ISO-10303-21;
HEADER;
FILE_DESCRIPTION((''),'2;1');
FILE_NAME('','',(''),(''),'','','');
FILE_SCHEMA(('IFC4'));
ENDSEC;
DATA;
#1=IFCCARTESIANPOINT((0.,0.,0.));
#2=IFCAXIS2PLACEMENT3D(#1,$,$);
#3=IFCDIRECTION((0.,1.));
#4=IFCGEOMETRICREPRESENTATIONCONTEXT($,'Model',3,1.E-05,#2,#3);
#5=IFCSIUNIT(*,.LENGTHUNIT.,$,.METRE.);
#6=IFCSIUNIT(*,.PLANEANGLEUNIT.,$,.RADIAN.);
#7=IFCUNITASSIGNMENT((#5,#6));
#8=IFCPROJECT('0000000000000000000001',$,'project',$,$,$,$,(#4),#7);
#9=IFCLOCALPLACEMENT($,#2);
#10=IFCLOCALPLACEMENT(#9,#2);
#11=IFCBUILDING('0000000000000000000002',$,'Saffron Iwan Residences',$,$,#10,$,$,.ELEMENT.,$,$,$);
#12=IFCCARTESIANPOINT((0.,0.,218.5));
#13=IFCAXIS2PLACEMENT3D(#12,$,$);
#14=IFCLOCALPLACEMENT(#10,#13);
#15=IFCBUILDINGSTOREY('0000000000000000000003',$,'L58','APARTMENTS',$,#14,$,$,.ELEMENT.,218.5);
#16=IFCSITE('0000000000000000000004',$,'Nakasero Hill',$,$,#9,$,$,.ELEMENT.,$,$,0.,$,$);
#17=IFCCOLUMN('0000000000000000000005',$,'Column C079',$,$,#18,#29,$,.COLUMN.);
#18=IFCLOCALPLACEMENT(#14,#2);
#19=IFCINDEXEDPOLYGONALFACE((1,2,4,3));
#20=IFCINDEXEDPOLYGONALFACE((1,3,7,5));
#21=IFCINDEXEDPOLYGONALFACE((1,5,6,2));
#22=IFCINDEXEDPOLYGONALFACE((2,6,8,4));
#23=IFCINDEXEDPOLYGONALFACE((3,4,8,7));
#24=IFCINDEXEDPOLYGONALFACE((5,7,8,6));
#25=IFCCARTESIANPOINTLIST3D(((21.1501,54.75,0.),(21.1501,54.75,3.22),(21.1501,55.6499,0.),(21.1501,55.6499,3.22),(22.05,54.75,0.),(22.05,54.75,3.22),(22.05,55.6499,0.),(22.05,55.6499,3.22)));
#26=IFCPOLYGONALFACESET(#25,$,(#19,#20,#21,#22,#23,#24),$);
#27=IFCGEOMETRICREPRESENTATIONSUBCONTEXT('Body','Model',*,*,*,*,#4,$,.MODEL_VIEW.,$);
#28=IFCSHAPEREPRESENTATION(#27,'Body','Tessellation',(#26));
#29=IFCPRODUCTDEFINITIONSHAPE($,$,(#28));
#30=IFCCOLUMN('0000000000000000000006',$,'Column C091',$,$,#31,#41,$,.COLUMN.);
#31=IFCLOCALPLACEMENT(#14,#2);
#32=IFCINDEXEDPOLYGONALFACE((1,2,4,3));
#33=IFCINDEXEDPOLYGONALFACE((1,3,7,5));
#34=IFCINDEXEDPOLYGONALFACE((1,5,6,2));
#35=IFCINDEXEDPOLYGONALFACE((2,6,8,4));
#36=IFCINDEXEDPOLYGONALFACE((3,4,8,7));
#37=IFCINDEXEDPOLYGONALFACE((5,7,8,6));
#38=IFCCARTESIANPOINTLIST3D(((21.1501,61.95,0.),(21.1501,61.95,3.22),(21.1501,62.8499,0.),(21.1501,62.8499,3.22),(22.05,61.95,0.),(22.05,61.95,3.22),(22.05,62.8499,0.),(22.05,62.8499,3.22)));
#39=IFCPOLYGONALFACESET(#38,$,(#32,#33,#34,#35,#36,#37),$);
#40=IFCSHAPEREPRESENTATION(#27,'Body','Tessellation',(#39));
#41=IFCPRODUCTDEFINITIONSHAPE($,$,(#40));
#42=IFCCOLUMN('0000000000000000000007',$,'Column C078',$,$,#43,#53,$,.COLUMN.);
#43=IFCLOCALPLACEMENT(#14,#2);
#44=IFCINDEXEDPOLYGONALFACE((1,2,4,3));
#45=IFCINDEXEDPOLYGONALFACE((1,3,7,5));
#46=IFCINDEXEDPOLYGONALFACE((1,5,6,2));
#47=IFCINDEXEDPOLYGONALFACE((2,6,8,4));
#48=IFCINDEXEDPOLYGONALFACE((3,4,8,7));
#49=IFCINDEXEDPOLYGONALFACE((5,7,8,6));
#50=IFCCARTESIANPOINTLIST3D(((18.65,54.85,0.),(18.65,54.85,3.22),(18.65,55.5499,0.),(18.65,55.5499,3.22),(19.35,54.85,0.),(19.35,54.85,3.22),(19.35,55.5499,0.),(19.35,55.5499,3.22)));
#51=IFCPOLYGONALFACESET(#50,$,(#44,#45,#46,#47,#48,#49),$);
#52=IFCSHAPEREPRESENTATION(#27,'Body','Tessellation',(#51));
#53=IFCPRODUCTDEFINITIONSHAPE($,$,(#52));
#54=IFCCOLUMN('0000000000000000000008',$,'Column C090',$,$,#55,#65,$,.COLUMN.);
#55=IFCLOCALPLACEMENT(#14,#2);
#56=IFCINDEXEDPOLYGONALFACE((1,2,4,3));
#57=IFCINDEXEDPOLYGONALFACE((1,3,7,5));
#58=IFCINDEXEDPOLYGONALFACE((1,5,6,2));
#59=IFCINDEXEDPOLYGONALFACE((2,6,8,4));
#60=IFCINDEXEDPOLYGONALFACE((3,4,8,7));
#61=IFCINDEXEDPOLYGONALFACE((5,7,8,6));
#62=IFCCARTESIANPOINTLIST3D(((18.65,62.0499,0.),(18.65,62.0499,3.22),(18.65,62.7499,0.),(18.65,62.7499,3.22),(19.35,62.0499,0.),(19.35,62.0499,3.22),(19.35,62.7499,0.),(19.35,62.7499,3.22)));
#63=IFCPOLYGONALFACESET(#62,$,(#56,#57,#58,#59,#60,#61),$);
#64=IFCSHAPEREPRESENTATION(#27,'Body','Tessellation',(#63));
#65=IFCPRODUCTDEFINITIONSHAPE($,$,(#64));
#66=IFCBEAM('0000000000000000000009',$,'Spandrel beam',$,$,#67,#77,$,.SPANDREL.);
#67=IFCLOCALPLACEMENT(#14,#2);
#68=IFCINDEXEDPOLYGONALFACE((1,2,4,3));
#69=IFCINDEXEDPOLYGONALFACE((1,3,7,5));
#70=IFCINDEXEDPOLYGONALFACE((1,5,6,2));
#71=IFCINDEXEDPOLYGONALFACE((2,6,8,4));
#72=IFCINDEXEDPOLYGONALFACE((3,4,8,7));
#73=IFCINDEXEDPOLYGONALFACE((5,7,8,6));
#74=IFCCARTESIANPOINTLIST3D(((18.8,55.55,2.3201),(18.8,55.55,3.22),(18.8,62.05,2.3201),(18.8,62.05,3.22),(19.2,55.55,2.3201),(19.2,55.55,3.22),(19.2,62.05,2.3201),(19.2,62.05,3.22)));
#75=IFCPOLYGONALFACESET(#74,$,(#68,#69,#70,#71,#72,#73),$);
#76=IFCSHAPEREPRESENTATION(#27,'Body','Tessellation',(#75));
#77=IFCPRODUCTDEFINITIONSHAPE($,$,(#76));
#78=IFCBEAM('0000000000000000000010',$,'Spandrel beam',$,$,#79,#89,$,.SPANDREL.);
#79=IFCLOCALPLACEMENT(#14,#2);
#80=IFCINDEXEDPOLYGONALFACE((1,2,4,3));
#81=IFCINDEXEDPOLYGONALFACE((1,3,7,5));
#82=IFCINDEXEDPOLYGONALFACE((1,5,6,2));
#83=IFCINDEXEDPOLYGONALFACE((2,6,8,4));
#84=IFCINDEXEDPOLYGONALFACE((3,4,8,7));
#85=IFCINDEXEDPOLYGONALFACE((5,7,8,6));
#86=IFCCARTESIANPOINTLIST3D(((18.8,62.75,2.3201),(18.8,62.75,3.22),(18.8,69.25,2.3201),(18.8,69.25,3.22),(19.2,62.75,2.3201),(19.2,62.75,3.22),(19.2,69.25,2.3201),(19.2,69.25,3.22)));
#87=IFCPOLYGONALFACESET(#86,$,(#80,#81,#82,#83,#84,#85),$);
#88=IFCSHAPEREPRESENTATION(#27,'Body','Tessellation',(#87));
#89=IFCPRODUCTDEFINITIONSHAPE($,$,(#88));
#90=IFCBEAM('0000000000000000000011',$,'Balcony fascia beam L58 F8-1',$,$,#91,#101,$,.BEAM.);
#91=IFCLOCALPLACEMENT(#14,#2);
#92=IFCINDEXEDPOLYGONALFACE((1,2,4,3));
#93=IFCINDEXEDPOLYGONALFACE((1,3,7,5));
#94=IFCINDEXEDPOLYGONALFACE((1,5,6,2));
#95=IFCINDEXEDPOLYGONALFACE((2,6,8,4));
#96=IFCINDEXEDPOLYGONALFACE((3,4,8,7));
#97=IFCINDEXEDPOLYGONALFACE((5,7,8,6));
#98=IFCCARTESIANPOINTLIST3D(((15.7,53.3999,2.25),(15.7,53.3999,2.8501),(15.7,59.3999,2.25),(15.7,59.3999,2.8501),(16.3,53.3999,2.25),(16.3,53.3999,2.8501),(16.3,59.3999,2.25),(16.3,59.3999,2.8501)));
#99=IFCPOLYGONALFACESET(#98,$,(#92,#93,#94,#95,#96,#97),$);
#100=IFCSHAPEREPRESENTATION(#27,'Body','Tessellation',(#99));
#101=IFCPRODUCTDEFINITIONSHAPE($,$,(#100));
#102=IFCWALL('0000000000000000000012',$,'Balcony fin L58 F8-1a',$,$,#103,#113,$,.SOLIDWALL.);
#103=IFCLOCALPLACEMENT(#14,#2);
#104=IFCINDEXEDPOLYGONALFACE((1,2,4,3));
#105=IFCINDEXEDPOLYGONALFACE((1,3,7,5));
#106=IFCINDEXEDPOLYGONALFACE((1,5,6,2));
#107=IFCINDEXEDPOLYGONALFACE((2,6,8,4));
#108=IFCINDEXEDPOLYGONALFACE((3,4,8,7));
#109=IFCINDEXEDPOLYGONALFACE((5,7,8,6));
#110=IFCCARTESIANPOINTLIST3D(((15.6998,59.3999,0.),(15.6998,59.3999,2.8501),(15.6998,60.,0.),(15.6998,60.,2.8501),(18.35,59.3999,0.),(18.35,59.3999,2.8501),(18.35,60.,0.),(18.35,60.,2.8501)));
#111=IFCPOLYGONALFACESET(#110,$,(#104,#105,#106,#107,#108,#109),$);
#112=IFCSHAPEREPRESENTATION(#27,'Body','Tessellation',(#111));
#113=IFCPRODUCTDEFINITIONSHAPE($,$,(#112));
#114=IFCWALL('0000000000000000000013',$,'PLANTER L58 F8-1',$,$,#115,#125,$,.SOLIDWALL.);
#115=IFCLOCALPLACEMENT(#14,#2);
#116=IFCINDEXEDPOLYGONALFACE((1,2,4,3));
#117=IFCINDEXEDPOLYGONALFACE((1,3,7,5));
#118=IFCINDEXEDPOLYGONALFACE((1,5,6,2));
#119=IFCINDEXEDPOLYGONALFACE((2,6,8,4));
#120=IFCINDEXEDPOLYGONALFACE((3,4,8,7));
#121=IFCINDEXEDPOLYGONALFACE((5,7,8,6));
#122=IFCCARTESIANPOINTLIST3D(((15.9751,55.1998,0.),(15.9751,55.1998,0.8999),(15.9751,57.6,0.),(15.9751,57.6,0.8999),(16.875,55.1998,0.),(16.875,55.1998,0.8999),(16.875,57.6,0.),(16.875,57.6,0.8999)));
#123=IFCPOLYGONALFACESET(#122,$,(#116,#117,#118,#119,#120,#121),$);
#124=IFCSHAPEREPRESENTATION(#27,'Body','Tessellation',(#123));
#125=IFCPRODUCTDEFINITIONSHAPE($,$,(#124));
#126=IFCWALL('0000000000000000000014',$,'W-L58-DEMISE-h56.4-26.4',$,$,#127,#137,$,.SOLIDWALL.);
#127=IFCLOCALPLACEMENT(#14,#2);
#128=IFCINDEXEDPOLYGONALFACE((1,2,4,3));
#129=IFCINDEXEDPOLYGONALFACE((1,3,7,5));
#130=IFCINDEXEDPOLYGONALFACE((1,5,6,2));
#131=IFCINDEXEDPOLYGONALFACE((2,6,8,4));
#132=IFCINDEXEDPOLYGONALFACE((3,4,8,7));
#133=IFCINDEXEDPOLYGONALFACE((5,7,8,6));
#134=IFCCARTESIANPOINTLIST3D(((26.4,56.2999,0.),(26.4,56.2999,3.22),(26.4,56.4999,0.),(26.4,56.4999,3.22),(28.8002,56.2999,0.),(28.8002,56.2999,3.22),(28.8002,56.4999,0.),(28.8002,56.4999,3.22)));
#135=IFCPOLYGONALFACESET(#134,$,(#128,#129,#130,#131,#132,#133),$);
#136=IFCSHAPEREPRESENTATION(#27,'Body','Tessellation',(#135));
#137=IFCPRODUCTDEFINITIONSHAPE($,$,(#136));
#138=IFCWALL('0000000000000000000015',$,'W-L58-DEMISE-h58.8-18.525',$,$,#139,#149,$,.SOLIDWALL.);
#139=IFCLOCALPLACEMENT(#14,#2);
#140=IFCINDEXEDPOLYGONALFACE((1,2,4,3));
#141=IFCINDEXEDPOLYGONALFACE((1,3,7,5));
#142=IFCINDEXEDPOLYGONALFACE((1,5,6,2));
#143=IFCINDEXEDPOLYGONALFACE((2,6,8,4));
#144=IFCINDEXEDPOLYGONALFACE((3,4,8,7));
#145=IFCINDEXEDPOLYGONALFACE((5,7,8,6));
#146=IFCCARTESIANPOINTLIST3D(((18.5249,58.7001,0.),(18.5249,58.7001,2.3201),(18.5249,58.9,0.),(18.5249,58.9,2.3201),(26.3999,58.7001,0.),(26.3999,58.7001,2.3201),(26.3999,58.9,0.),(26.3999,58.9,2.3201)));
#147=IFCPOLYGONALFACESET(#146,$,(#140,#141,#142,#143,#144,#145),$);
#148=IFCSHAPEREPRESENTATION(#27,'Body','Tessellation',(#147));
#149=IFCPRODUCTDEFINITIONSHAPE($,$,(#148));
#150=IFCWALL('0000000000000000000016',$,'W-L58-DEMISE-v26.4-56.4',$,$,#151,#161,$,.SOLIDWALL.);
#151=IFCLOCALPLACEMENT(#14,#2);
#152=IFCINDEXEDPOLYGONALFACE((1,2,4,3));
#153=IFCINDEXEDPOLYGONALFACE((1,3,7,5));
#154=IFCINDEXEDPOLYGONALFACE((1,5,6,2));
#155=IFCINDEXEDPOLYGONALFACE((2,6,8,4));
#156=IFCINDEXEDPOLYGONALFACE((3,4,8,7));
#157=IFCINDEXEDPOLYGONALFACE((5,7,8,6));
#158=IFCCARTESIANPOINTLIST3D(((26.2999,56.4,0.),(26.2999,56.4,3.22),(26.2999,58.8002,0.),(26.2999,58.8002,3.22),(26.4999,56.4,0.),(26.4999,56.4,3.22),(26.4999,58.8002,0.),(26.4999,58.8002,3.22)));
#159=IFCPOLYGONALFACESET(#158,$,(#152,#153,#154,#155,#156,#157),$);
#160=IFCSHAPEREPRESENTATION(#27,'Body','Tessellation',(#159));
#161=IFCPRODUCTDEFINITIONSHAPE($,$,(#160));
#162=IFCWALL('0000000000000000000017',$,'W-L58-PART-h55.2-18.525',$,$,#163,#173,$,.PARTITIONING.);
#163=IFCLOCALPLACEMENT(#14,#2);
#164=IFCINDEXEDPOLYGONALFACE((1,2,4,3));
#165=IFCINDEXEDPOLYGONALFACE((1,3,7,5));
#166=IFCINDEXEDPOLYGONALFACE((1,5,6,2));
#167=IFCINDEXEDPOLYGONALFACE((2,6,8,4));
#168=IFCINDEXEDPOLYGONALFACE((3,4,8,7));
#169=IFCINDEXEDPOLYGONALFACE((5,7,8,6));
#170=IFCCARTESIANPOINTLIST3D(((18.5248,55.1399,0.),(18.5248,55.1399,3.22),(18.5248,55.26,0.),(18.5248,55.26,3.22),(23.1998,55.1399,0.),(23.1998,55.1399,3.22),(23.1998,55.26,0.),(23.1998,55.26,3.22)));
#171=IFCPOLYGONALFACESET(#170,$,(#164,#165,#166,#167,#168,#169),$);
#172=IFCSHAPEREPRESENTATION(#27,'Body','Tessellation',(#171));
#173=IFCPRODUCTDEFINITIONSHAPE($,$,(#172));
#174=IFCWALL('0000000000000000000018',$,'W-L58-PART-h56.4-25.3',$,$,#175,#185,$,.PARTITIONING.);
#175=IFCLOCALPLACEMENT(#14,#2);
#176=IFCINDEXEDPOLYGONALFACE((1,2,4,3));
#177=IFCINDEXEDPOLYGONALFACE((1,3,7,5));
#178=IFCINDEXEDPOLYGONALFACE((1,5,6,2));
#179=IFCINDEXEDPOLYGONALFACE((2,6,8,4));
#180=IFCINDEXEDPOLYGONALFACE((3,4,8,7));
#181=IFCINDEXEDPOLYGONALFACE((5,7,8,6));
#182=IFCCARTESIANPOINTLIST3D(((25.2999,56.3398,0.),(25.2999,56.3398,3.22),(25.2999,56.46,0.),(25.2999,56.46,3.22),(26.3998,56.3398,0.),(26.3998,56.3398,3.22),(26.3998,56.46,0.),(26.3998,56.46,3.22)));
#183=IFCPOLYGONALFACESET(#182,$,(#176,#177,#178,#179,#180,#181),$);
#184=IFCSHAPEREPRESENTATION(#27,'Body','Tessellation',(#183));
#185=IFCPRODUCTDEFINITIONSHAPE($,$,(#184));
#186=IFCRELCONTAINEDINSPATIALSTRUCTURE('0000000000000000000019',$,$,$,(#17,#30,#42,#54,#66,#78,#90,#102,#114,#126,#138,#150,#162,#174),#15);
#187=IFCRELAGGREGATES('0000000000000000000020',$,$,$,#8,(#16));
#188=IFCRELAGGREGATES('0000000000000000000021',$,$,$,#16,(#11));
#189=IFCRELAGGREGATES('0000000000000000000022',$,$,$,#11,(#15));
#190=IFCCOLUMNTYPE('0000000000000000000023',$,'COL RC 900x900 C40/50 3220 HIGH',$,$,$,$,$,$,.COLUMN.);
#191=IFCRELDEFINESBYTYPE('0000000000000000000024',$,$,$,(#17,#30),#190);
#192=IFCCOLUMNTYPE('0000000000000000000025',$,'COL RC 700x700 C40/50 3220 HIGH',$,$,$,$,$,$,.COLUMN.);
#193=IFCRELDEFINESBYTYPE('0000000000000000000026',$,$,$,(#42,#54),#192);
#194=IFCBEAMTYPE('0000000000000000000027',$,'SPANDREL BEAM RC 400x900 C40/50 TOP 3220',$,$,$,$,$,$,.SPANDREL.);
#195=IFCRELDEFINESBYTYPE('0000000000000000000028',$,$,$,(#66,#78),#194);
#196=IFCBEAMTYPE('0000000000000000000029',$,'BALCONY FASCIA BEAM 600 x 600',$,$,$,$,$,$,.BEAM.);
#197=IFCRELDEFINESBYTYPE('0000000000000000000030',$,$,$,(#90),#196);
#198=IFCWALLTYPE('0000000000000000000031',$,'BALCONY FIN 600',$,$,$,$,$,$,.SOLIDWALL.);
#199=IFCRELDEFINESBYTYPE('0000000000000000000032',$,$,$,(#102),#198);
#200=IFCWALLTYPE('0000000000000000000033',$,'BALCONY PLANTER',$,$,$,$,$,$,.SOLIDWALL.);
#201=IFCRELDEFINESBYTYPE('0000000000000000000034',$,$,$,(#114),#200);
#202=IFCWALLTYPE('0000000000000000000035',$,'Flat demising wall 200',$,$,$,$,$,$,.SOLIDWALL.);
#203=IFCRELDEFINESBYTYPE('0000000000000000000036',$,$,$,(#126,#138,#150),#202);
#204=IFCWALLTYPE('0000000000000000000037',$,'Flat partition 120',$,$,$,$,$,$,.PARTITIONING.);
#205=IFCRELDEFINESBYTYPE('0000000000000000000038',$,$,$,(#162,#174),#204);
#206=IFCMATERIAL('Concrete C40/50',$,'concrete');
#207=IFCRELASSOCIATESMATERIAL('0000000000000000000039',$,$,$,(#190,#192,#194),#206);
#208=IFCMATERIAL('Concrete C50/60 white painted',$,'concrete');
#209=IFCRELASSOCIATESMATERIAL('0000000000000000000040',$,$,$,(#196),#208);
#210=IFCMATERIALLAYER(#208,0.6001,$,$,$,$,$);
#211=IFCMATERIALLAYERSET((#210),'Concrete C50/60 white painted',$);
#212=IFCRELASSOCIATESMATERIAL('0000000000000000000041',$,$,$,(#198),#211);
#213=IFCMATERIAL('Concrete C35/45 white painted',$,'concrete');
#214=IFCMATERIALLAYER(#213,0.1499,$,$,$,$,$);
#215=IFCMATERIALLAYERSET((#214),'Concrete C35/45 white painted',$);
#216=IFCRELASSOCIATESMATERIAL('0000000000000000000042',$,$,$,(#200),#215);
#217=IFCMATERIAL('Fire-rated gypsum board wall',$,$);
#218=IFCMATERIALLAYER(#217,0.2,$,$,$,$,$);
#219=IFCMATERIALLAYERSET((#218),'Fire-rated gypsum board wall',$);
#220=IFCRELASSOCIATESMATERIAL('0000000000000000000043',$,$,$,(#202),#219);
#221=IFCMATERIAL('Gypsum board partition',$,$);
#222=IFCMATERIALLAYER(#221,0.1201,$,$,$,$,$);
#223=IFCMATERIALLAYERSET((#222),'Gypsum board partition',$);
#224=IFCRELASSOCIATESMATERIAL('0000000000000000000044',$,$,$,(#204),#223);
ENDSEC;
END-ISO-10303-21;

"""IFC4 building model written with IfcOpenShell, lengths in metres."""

from ifc_helpers import new_model, si_unit, direction, frame, frame_2d, origin, origin_2d, place, context, subcontext, project, spatial, rectangle, extrude, source, transform, mapped, material, layer, layer_set, material_profile, profile_set, type_object, element, save


model = new_model("IFC4")

# Units and contexts
model_context = context("Model", 3, precision=1e-05, world=origin(), true_north=direction((0.0, 1.0)))
body_context = subcontext(model_context, "Body", "Model", "MODEL_VIEW")
ifc_project = project(units=[si_unit("LENGTHUNIT", "METRE"), si_unit("PLANEANGLEUNIT", "RADIAN")], contexts=[model_context])

# Site, building, storey
site_placement = place(None, origin())
site = spatial("IfcSite", under=ifc_project, at=site_placement, Name="Nakasero Hill", CompositionType="ELEMENT", RefElevation=0.0)
building_placement = place(site_placement, origin())
building = spatial("IfcBuilding", under=site, at=building_placement, Name="Saffron Iwan Residences", CompositionType="ELEMENT")
storey_placement = place(building_placement, frame((0.0, 0.0, 218.5)))
storey = spatial("IfcBuildingStorey", under=building, at=storey_placement, Name="L58", Description="APARTMENTS", CompositionType="ELEMENT", Elevation=218.5)

# Columns
ifc_material_1 = material(Name="Concrete C40/50", Category="concrete")
ifc_material_profile_1 = material_profile(ifc_material_1, rectangle(XDim=0.8999, YDim=0.8999, at=origin_2d()), Name="RC 900x900")
ifc_profile_set_1 = profile_set([ifc_material_profile_1], Name="Concrete C40/50")
column_type_1 = type_object("IfcColumnType", Name="COL RC 900x900 C40/50 3220 HIGH", PredefinedType="COLUMN", material=ifc_profile_set_1)
shared_shape_1 = source(origin(), body_context, "Body", "SweptSolid", [
    extrude(rectangle(XDim=0.8999, YDim=0.8999, at=origin_2d()), origin(), (0.0, 0.0, 1.0), 3.22),
])
for number, where, z_axis, x_axis, name in (
    (1, (21.6001, 55.2, 0.0), (0.0, 0.0, 1.0), (1.0, 0.0, 0.0), "Column C079"),
    (2, (21.6001, 62.3999, 0.0), (0.0, 0.0, 1.0), (1.0, 0.0, 0.0), "Column C091"),
):
    element("IfcColumn", number, at=place(storey_placement, frame(where, z_axis=z_axis, x_axis=x_axis)), inside=storey, type_object=column_type_1, Name=name, PredefinedType="COLUMN", context=body_context, shape_type="MappedRepresentation", body=[
        mapped(shared_shape_1, transform((0.0, 0.0, 0.0))),
    ])
ifc_material_profile_2 = material_profile(ifc_material_1, rectangle(XDim=0.7, YDim=0.7, at=origin_2d()), Name="RC 700x700")
ifc_profile_set_2 = profile_set([ifc_material_profile_2], Name="Concrete C40/50")
column_type_2 = type_object("IfcColumnType", Name="COL RC 700x700 C40/50 3220 HIGH", PredefinedType="COLUMN", material=ifc_profile_set_2)
shared_shape_2 = source(origin(), body_context, "Body", "SweptSolid", [
    extrude(rectangle(XDim=0.7, YDim=0.7, at=origin_2d()), origin(), (0.0, 0.0, 1.0), 3.22),
])
for number, where, z_axis, x_axis, name in (
    (3, (19.0, 55.2, 0.0), (0.0, 0.0, 1.0), (1.0, 0.0, 0.0), "Column C078"),
    (4, (19.0, 62.3999, 0.0), (0.0, 0.0, 1.0), (1.0, 0.0, 0.0), "Column C090"),
):
    element("IfcColumn", number, at=place(storey_placement, frame(where, z_axis=z_axis, x_axis=x_axis)), inside=storey, type_object=column_type_2, Name=name, PredefinedType="COLUMN", context=body_context, shape_type="MappedRepresentation", body=[
        mapped(shared_shape_2, transform((0.0, 0.0, 0.0))),
    ])

# Beams
ifc_material_profile_3 = material_profile(ifc_material_1, rectangle(XDim=0.3999, YDim=0.8999, at=origin_2d()), Name="RC 400x900")
ifc_profile_set_3 = profile_set([ifc_material_profile_3], Name="Concrete C40/50")
beam_type_1 = type_object("IfcBeamType", Name="SPANDREL BEAM RC 400x900 C40/50 TOP 3220", PredefinedType="SPANDREL", material=ifc_profile_set_3)
shared_shape_3 = source(origin(), body_context, "Body", "SweptSolid", [
    extrude(rectangle(XDim=0.3999, YDim=0.8999, at=origin_2d()), origin(), (0.0, 0.0, 1.0), 6.5),
])
for number, where, z_axis, x_axis, name in (
    (5, (19.0, 55.55, 2.77), (0.0, 1.0, 0.0), (-1.0, 0.0, 0.0), "Spandrel beam"),
    (6, (19.0, 62.75, 2.77), (0.0, 1.0, 0.0), (-1.0, 0.0, 0.0), "Spandrel beam"),
):
    element("IfcBeam", number, at=place(storey_placement, frame(where, z_axis=z_axis, x_axis=x_axis)), inside=storey, type_object=beam_type_1, Name=name, PredefinedType="SPANDREL", context=body_context, shape_type="MappedRepresentation", body=[
        mapped(shared_shape_3, transform((0.0, 0.0, 0.0))),
    ])
ifc_material_2 = material(Name="Concrete C50/60 white painted", Category="concrete")
ifc_material_profile_4 = material_profile(ifc_material_2, rectangle(XDim=0.6001, YDim=0.6001, at=origin_2d()), Name="BALCONY FASCIA BEAM 600 x 600")
ifc_profile_set_4 = profile_set([ifc_material_profile_4], Name="Concrete C50/60 white painted")
beam_type_2 = type_object("IfcBeamType", Name="BALCONY FASCIA BEAM 600 x 600", PredefinedType="BEAM", material=ifc_profile_set_4)
shared_shape_4 = source(origin(), body_context, "Body", "SweptSolid", [
    extrude(rectangle(XDim=0.6001, YDim=0.6001, at=origin_2d()), origin(), (0.0, 0.0, 1.0), 6.0),
])
beam_placement = place(storey_placement, frame((16.0, 59.3999, 2.55), z_axis=(0.0, -1.0, 0.0), x_axis=(1.0, 0.0, 0.0)))
element("IfcBeam", 7, at=beam_placement, inside=storey, type_object=beam_type_2, Name="Balcony fascia beam L58 F8-1", PredefinedType="BEAM", context=body_context, shape_type="MappedRepresentation", body=[
    mapped(shared_shape_4, transform((0.0, 0.0, 0.0))),
])

# Walls
ifc_layer_1 = layer(ifc_material_2, 0.6001)
ifc_layer_set_1 = layer_set([ifc_layer_1], Name="Concrete C50/60 white painted")
wall_type_1 = type_object("IfcWallType", Name="BALCONY FIN 600", PredefinedType="SOLIDWALL", material=ifc_layer_set_1)
wall_1_placement = place(storey_placement, frame((18.3501, 59.7, 0.0), z_axis=(0.0, 0.0, 1.0), x_axis=(-1.0, 0.0, 0.0)))
element("IfcWall", 8, at=wall_1_placement, inside=storey, type_object=wall_type_1, Name="Balcony fin L58 F8-1a", PredefinedType="SOLIDWALL", context=body_context, shape_type="SweptSolid", body=[
    extrude(rectangle(XDim=2.6501, YDim=0.6001, at=frame_2d((1.3252, 0.0))), origin(), (0.0, 0.0, 1.0), 2.8501),
])
ifc_material_3 = material(Name="Concrete C35/45 white painted", Category="concrete")
ifc_layer_2 = layer(ifc_material_3, 0.1499)
ifc_layer_set_2 = layer_set([ifc_layer_2], Name="Concrete C35/45 white painted")
wall_type_2 = type_object("IfcWallType", Name="BALCONY PLANTER", PredefinedType="SOLIDWALL", material=ifc_layer_set_2)
wall_2_placement = place(storey_placement, frame((16.425, 57.6001, 0.0), z_axis=(0.0, 0.0, 1.0), x_axis=(0.0, -1.0, 0.0)))
element("IfcWall", 9, at=wall_2_placement, inside=storey, type_object=wall_type_2, Name="PLANTER L58 F8-1", PredefinedType="SOLIDWALL", context=body_context, shape_type="SweptSolid", body=[
    extrude(rectangle(XDim=2.4001, YDim=0.8999, at=frame_2d((1.2002, 0.0))), origin(), (0.0, 0.0, 1.0), 0.8999),
])
ifc_material_4 = material(Name="Fire-rated gypsum board wall")
ifc_layer_3 = layer(ifc_material_4, 0.2)
ifc_layer_set_3 = layer_set([ifc_layer_3], Name="Fire-rated gypsum board wall")
wall_type_3 = type_object("IfcWallType", Name="Flat demising wall 200", PredefinedType="SOLIDWALL", material=ifc_layer_set_3)
wall_3_placement = place(storey_placement, frame((26.3999, 56.3999, 0.0), z_axis=(0.0, 0.0, 1.0), x_axis=(1.0, 0.0, 0.0)))
element("IfcWall", 10, at=wall_3_placement, inside=storey, type_object=wall_type_3, Name="W-L58-DEMISE-h56.4-26.4", PredefinedType="SOLIDWALL", context=body_context, shape_type="SweptSolid", body=[
    extrude(rectangle(XDim=2.4001, YDim=0.2, at=frame_2d((1.2002, 0.0))), origin(), (0.0, 0.0, 1.0), 3.22),
])
wall_4_placement = place(storey_placement, frame((18.5249, 58.8, 0.0), z_axis=(0.0, 0.0, 1.0), x_axis=(1.0, 0.0, 0.0)))
element("IfcWall", 11, at=wall_4_placement, inside=storey, type_object=wall_type_3, Name="W-L58-DEMISE-h58.8-18.525", PredefinedType="SOLIDWALL", context=body_context, shape_type="SweptSolid", body=[
    extrude(rectangle(XDim=7.875, YDim=0.2, at=frame_2d((3.9375, 0.0))), origin(), (0.0, 0.0, 1.0), 2.3201),
])
wall_5_placement = place(storey_placement, frame((26.3999, 56.3999, 0.0), z_axis=(0.0, 0.0, 1.0), x_axis=(0.0, 1.0, 0.0)))
element("IfcWall", 12, at=wall_5_placement, inside=storey, type_object=wall_type_3, Name="W-L58-DEMISE-v26.4-56.4", PredefinedType="SOLIDWALL", context=body_context, shape_type="SweptSolid", body=[
    extrude(rectangle(XDim=2.4001, YDim=0.2, at=frame_2d((1.2002, 0.0))), origin(), (0.0, 0.0, 1.0), 3.22),
])
ifc_material_5 = material(Name="Gypsum board partition")
ifc_layer_4 = layer(ifc_material_5, 0.1201)
ifc_layer_set_4 = layer_set([ifc_layer_4], Name="Gypsum board partition")
wall_type_4 = type_object("IfcWallType", Name="Flat partition 120", PredefinedType="PARTITIONING", material=ifc_layer_set_4)
wall_6_placement = place(storey_placement, frame((18.5249, 55.2, 0.0), z_axis=(0.0, 0.0, 1.0), x_axis=(1.0, 0.0, 0.0)))
element("IfcWall", 13, at=wall_6_placement, inside=storey, type_object=wall_type_4, Name="W-L58-PART-h55.2-18.525", PredefinedType="PARTITIONING", context=body_context, shape_type="SweptSolid", body=[
    extrude(rectangle(XDim=4.675, YDim=0.1201, at=frame_2d((2.3374, 0.0))), origin(), (0.0, 0.0, 1.0), 3.22),
])
wall_7_placement = place(storey_placement, frame((25.3, 56.3999, 0.0), z_axis=(0.0, 0.0, 1.0), x_axis=(1.0, 0.0, 0.0)))
element("IfcWall", 14, at=wall_7_placement, inside=storey, type_object=wall_type_4, Name="W-L58-PART-h56.4-25.3", PredefinedType="PARTITIONING", context=body_context, shape_type="SweptSolid", body=[
    extrude(rectangle(XDim=1.0999, YDim=0.1201, at=frame_2d((0.5498, 0.0))), origin(), (0.0, 0.0, 1.0), 3.22),
])

save(model, "model.ifc")
